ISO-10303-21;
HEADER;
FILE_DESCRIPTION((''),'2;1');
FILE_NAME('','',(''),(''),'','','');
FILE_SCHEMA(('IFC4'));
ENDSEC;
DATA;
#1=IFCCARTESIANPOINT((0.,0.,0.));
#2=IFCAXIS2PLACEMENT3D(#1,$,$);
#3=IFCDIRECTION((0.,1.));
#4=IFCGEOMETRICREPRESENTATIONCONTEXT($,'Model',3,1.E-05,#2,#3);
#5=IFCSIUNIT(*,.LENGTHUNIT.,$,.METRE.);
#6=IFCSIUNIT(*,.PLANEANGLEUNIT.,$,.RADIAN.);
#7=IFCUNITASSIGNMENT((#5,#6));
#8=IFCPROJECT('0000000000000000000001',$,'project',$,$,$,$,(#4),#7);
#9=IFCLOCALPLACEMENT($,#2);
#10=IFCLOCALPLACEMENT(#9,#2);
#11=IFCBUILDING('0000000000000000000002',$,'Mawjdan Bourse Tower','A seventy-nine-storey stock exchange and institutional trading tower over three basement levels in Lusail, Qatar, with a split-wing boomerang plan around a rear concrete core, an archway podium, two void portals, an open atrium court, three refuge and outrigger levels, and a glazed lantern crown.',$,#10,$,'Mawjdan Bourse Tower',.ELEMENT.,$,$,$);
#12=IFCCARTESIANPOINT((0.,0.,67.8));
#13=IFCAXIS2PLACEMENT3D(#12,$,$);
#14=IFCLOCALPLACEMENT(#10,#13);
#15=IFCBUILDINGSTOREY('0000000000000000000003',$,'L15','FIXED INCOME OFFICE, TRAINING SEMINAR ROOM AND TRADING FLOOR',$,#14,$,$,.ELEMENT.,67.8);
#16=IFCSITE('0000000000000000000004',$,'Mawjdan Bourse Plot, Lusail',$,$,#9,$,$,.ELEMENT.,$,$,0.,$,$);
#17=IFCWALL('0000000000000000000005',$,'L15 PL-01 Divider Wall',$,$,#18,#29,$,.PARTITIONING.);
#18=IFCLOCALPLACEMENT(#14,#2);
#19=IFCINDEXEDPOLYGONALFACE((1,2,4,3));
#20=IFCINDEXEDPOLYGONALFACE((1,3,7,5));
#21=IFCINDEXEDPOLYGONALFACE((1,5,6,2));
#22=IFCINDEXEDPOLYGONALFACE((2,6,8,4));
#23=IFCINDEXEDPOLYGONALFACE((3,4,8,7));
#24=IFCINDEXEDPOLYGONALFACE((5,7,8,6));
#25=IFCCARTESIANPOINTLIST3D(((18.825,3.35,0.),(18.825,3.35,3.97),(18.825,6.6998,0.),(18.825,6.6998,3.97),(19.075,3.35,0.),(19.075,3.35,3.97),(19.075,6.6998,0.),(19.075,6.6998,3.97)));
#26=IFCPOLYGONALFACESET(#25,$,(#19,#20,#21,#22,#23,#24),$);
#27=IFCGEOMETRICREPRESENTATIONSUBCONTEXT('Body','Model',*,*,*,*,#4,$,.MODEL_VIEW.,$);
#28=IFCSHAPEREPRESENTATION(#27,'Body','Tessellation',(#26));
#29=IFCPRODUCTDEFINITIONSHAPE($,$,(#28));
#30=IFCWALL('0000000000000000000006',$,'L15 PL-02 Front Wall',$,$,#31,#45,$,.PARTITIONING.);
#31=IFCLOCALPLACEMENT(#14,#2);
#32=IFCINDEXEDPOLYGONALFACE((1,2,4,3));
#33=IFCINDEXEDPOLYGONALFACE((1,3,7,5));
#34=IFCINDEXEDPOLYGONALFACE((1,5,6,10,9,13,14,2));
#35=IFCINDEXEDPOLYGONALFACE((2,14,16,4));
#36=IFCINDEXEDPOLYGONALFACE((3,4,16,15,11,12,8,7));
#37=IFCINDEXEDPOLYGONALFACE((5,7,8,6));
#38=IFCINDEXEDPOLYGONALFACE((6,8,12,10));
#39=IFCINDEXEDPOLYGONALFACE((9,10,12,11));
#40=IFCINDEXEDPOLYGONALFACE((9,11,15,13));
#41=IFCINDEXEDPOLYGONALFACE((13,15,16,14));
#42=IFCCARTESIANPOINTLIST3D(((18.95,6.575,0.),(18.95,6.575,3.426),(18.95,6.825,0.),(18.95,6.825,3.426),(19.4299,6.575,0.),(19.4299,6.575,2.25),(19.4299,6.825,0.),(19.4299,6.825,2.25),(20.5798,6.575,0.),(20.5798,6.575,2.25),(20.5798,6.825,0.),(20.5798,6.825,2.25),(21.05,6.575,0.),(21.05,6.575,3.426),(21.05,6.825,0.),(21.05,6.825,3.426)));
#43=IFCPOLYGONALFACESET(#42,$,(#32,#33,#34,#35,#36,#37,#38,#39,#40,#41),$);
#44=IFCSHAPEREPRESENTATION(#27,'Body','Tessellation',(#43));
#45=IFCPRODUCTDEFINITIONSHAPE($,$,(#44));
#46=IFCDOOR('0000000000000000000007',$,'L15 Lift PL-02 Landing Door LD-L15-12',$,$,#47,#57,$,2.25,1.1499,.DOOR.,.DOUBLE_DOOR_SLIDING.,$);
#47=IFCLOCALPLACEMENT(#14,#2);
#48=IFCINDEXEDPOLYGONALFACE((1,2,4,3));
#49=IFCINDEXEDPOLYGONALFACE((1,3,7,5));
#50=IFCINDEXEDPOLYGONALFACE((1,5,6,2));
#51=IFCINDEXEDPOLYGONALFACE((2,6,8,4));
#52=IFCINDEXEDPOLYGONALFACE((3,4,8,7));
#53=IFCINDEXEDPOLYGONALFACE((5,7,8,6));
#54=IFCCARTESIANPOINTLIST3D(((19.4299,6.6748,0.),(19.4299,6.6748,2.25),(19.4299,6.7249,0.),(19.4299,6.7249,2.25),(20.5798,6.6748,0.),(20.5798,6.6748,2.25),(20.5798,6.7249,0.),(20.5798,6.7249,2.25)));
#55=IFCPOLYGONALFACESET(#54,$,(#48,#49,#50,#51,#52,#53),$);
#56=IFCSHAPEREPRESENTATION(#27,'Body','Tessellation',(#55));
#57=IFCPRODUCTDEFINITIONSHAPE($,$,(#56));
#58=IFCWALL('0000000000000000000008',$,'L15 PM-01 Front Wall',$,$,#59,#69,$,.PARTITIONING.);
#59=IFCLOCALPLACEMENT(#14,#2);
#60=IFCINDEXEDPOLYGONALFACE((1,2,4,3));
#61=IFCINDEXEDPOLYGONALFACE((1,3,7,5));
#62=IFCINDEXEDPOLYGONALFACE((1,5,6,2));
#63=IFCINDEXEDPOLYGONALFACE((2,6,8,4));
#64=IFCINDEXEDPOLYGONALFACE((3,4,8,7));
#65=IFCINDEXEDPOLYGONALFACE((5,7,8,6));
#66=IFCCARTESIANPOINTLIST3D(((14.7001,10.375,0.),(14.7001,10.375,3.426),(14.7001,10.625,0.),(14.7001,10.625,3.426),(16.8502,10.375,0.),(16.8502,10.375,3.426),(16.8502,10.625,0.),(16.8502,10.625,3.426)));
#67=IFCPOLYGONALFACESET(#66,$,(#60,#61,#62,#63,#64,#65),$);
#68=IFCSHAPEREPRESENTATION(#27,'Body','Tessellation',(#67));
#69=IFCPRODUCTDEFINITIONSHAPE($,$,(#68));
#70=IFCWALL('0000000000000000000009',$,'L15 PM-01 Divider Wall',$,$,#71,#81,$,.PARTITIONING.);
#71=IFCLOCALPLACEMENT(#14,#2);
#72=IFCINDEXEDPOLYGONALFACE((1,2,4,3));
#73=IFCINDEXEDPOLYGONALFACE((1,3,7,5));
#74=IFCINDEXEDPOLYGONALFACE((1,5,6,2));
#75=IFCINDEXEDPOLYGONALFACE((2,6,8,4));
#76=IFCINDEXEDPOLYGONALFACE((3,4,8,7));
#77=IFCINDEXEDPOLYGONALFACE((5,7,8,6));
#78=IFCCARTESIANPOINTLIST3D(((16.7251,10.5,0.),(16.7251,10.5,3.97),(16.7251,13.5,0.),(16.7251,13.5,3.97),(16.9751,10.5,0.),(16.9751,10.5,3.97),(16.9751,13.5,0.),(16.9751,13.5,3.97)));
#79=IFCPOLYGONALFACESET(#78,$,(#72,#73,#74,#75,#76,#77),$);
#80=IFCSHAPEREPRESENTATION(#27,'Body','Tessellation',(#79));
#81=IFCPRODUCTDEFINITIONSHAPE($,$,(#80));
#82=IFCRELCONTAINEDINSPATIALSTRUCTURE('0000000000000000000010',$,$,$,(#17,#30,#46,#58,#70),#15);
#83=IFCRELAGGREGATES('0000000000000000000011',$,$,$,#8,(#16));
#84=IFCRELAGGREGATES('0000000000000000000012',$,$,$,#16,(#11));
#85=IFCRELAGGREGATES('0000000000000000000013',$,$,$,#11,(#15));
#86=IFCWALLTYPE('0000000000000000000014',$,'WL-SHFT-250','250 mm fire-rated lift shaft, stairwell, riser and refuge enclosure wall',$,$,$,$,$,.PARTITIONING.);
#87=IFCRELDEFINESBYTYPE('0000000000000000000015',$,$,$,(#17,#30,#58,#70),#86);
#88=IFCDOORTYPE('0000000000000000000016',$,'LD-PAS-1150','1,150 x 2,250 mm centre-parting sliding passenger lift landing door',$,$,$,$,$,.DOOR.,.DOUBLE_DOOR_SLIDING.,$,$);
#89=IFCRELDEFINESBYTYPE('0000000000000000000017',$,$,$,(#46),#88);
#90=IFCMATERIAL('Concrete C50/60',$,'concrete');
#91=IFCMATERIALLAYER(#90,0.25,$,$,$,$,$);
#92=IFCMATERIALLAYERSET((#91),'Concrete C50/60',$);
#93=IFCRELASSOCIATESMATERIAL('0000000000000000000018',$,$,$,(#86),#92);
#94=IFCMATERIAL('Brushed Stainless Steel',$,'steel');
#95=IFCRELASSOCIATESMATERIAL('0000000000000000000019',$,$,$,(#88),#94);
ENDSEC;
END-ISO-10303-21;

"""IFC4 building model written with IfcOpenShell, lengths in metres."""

from ifc_helpers import new_model, si_unit, direction, frame, frame_2d, origin, place, context, subcontext, project, spatial, rectangle, extrude, material, layer, layer_set, type_object, element, fill, save


model = new_model("IFC4")

# Units and contexts
model_context = context("Model", 3, precision=1e-05, world=origin(), true_north=direction((0.0, 1.0)))
body_context = subcontext(model_context, "Body", "Model", "MODEL_VIEW")
ifc_project = project(units=[si_unit("LENGTHUNIT", "METRE"), si_unit("PLANEANGLEUNIT", "RADIAN")], contexts=[model_context])

# Site, building, storey
site_placement = place(None, origin())
site = spatial("IfcSite", under=ifc_project, at=site_placement, Name="Mawjdan Bourse Plot, Lusail", CompositionType="ELEMENT", RefElevation=0.0)
building_placement = place(site_placement, origin())
building = spatial("IfcBuilding", under=site, at=building_placement, Name="Mawjdan Bourse Tower", Description="A seventy-nine-storey stock exchange and institutional trading tower over three basement levels in Lusail, Qatar, with a split-wing boomerang plan around a rear concrete core, an archway podium, two void portals, an open atrium court, three refuge and outrigger levels, and a glazed lantern crown.", LongName="Mawjdan Bourse Tower", CompositionType="ELEMENT")
storey_placement = place(building_placement, frame((0.0, 0.0, 67.8)))
storey = spatial("IfcBuildingStorey", under=building, at=storey_placement, Name="L15", Description="FIXED INCOME OFFICE, TRAINING SEMINAR ROOM AND TRADING FLOOR", CompositionType="ELEMENT", Elevation=67.8)

# Shared definitions
ifc_material_1 = material(Name="Concrete C50/60", Category="concrete")
ifc_layer = layer(ifc_material_1, 0.25)
ifc_layer_set = layer_set([ifc_layer], Name="Concrete C50/60")
wall_type = type_object("IfcWallType", Name="WL-SHFT-250", Description="250 mm fire-rated lift shaft, stairwell, riser and refuge enclosure wall", PredefinedType="PARTITIONING", material=ifc_layer_set)

# Shared definitions
ifc_material_2 = material(Name="Brushed Stainless Steel", Category="steel")

# Shared definitions
door_type_1 = type_object("IfcDoorType", Name="LD-PAS-1150", Description="1,150 x 2,250 mm centre-parting sliding passenger lift landing door", OperationType="DOUBLE_DOOR_SLIDING", PredefinedType="DOOR", material=ifc_material_2)

# Wall
wall_1_placement = place(storey_placement, frame((18.95, 3.3501, 0.0), z_axis=(0.0, 0.0, 1.0), x_axis=(0.0, 1.0, 0.0)))
element("IfcWall", 1, at=wall_1_placement, inside=storey, type_object=wall_type, Name="L15 PL-01 Divider Wall", PredefinedType="PARTITIONING", context=body_context, shape_type="SweptSolid", body=[
    extrude(rectangle(XDim=3.3499, YDim=0.25, at=frame_2d((1.6748, 0.0))), origin(), (0.0, 0.0, 1.0), 3.97),
])

# Wall, opening, door
wall_2_placement = place(storey_placement, frame((18.95, 6.7, 0.0), z_axis=(0.0, 0.0, 1.0), x_axis=(1.0, 0.0, 0.0)))
wall_2 = element("IfcWall", 2, at=wall_2_placement, inside=storey, type_object=wall_type, Name="L15 PL-02 Front Wall", PredefinedType="PARTITIONING", context=body_context, shape_type="SweptSolid", body=[
    extrude(rectangle(XDim=2.1001, YDim=0.25, at=frame_2d((1.05, 0.0))), origin(), (0.0, 0.0, 1.0), 3.426),
])
opening_1_placement = place(wall_2_placement, frame((0.48, 0.0, 0.0)))
opening_1 = element("IfcOpeningElement", 3, at=opening_1_placement, cuts=wall_2, PredefinedType="OPENING", context=body_context, shape_type="SweptSolid", body=[
    extrude(rectangle(XDim=1.1499, YDim=2.25, at=frame_2d((0.575, 1.125))), frame((0.0, 0.135, 0.0), z_axis=(0.0, -1.0, 0.0), x_axis=(1.0, 0.0, 0.0)), (0.0, 0.0, 1.0), 0.27),
])
door_1_placement = place(opening_1_placement, origin())
door_1 = element("IfcDoor", 4, at=door_1_placement, inside=storey, type_object=door_type_1, Name="L15 Lift PL-02 Landing Door LD-L15-12", OperationType="DOUBLE_DOOR_SLIDING", OverallHeight=2.25, OverallWidth=1.1499, PredefinedType="DOOR", context=body_context, shape_type="SweptSolid", body=[
    extrude(rectangle(XDim=1.1499, YDim=2.25, at=frame_2d((0.575, 1.125))), frame((0.0, 0.0249, 0.0), z_axis=(0.0, -1.0, 0.0), x_axis=(1.0, 0.0, 0.0)), (0.0, 0.0, 1.0), 0.05),
])
fill(opening_1, door_1)

# Walls
wall_3_placement = place(storey_placement, frame((14.7, 10.5, 0.0), z_axis=(0.0, 0.0, 1.0), x_axis=(1.0, 0.0, 0.0)))
element("IfcWall", 5, at=wall_3_placement, inside=storey, type_object=wall_type, Name="L15 PM-01 Front Wall", PredefinedType="PARTITIONING", context=body_context, shape_type="SweptSolid", body=[
    extrude(rectangle(XDim=2.1501, YDim=0.25, at=frame_2d((1.0752, 0.0))), origin(), (0.0, 0.0, 1.0), 3.426),
])
wall_4_placement = place(storey_placement, frame((16.8501, 10.5, 0.0), z_axis=(0.0, 0.0, 1.0), x_axis=(0.0, 1.0, 0.0)))
element("IfcWall", 6, at=wall_4_placement, inside=storey, type_object=wall_type, Name="L15 PM-01 Divider Wall", PredefinedType="PARTITIONING", context=body_context, shape_type="SweptSolid", body=[
    extrude(rectangle(XDim=3.0, YDim=0.25, at=frame_2d((1.5, 0.0))), origin(), (0.0, 0.0, 1.0), 3.97),
])

save(model, "model.ifc")
